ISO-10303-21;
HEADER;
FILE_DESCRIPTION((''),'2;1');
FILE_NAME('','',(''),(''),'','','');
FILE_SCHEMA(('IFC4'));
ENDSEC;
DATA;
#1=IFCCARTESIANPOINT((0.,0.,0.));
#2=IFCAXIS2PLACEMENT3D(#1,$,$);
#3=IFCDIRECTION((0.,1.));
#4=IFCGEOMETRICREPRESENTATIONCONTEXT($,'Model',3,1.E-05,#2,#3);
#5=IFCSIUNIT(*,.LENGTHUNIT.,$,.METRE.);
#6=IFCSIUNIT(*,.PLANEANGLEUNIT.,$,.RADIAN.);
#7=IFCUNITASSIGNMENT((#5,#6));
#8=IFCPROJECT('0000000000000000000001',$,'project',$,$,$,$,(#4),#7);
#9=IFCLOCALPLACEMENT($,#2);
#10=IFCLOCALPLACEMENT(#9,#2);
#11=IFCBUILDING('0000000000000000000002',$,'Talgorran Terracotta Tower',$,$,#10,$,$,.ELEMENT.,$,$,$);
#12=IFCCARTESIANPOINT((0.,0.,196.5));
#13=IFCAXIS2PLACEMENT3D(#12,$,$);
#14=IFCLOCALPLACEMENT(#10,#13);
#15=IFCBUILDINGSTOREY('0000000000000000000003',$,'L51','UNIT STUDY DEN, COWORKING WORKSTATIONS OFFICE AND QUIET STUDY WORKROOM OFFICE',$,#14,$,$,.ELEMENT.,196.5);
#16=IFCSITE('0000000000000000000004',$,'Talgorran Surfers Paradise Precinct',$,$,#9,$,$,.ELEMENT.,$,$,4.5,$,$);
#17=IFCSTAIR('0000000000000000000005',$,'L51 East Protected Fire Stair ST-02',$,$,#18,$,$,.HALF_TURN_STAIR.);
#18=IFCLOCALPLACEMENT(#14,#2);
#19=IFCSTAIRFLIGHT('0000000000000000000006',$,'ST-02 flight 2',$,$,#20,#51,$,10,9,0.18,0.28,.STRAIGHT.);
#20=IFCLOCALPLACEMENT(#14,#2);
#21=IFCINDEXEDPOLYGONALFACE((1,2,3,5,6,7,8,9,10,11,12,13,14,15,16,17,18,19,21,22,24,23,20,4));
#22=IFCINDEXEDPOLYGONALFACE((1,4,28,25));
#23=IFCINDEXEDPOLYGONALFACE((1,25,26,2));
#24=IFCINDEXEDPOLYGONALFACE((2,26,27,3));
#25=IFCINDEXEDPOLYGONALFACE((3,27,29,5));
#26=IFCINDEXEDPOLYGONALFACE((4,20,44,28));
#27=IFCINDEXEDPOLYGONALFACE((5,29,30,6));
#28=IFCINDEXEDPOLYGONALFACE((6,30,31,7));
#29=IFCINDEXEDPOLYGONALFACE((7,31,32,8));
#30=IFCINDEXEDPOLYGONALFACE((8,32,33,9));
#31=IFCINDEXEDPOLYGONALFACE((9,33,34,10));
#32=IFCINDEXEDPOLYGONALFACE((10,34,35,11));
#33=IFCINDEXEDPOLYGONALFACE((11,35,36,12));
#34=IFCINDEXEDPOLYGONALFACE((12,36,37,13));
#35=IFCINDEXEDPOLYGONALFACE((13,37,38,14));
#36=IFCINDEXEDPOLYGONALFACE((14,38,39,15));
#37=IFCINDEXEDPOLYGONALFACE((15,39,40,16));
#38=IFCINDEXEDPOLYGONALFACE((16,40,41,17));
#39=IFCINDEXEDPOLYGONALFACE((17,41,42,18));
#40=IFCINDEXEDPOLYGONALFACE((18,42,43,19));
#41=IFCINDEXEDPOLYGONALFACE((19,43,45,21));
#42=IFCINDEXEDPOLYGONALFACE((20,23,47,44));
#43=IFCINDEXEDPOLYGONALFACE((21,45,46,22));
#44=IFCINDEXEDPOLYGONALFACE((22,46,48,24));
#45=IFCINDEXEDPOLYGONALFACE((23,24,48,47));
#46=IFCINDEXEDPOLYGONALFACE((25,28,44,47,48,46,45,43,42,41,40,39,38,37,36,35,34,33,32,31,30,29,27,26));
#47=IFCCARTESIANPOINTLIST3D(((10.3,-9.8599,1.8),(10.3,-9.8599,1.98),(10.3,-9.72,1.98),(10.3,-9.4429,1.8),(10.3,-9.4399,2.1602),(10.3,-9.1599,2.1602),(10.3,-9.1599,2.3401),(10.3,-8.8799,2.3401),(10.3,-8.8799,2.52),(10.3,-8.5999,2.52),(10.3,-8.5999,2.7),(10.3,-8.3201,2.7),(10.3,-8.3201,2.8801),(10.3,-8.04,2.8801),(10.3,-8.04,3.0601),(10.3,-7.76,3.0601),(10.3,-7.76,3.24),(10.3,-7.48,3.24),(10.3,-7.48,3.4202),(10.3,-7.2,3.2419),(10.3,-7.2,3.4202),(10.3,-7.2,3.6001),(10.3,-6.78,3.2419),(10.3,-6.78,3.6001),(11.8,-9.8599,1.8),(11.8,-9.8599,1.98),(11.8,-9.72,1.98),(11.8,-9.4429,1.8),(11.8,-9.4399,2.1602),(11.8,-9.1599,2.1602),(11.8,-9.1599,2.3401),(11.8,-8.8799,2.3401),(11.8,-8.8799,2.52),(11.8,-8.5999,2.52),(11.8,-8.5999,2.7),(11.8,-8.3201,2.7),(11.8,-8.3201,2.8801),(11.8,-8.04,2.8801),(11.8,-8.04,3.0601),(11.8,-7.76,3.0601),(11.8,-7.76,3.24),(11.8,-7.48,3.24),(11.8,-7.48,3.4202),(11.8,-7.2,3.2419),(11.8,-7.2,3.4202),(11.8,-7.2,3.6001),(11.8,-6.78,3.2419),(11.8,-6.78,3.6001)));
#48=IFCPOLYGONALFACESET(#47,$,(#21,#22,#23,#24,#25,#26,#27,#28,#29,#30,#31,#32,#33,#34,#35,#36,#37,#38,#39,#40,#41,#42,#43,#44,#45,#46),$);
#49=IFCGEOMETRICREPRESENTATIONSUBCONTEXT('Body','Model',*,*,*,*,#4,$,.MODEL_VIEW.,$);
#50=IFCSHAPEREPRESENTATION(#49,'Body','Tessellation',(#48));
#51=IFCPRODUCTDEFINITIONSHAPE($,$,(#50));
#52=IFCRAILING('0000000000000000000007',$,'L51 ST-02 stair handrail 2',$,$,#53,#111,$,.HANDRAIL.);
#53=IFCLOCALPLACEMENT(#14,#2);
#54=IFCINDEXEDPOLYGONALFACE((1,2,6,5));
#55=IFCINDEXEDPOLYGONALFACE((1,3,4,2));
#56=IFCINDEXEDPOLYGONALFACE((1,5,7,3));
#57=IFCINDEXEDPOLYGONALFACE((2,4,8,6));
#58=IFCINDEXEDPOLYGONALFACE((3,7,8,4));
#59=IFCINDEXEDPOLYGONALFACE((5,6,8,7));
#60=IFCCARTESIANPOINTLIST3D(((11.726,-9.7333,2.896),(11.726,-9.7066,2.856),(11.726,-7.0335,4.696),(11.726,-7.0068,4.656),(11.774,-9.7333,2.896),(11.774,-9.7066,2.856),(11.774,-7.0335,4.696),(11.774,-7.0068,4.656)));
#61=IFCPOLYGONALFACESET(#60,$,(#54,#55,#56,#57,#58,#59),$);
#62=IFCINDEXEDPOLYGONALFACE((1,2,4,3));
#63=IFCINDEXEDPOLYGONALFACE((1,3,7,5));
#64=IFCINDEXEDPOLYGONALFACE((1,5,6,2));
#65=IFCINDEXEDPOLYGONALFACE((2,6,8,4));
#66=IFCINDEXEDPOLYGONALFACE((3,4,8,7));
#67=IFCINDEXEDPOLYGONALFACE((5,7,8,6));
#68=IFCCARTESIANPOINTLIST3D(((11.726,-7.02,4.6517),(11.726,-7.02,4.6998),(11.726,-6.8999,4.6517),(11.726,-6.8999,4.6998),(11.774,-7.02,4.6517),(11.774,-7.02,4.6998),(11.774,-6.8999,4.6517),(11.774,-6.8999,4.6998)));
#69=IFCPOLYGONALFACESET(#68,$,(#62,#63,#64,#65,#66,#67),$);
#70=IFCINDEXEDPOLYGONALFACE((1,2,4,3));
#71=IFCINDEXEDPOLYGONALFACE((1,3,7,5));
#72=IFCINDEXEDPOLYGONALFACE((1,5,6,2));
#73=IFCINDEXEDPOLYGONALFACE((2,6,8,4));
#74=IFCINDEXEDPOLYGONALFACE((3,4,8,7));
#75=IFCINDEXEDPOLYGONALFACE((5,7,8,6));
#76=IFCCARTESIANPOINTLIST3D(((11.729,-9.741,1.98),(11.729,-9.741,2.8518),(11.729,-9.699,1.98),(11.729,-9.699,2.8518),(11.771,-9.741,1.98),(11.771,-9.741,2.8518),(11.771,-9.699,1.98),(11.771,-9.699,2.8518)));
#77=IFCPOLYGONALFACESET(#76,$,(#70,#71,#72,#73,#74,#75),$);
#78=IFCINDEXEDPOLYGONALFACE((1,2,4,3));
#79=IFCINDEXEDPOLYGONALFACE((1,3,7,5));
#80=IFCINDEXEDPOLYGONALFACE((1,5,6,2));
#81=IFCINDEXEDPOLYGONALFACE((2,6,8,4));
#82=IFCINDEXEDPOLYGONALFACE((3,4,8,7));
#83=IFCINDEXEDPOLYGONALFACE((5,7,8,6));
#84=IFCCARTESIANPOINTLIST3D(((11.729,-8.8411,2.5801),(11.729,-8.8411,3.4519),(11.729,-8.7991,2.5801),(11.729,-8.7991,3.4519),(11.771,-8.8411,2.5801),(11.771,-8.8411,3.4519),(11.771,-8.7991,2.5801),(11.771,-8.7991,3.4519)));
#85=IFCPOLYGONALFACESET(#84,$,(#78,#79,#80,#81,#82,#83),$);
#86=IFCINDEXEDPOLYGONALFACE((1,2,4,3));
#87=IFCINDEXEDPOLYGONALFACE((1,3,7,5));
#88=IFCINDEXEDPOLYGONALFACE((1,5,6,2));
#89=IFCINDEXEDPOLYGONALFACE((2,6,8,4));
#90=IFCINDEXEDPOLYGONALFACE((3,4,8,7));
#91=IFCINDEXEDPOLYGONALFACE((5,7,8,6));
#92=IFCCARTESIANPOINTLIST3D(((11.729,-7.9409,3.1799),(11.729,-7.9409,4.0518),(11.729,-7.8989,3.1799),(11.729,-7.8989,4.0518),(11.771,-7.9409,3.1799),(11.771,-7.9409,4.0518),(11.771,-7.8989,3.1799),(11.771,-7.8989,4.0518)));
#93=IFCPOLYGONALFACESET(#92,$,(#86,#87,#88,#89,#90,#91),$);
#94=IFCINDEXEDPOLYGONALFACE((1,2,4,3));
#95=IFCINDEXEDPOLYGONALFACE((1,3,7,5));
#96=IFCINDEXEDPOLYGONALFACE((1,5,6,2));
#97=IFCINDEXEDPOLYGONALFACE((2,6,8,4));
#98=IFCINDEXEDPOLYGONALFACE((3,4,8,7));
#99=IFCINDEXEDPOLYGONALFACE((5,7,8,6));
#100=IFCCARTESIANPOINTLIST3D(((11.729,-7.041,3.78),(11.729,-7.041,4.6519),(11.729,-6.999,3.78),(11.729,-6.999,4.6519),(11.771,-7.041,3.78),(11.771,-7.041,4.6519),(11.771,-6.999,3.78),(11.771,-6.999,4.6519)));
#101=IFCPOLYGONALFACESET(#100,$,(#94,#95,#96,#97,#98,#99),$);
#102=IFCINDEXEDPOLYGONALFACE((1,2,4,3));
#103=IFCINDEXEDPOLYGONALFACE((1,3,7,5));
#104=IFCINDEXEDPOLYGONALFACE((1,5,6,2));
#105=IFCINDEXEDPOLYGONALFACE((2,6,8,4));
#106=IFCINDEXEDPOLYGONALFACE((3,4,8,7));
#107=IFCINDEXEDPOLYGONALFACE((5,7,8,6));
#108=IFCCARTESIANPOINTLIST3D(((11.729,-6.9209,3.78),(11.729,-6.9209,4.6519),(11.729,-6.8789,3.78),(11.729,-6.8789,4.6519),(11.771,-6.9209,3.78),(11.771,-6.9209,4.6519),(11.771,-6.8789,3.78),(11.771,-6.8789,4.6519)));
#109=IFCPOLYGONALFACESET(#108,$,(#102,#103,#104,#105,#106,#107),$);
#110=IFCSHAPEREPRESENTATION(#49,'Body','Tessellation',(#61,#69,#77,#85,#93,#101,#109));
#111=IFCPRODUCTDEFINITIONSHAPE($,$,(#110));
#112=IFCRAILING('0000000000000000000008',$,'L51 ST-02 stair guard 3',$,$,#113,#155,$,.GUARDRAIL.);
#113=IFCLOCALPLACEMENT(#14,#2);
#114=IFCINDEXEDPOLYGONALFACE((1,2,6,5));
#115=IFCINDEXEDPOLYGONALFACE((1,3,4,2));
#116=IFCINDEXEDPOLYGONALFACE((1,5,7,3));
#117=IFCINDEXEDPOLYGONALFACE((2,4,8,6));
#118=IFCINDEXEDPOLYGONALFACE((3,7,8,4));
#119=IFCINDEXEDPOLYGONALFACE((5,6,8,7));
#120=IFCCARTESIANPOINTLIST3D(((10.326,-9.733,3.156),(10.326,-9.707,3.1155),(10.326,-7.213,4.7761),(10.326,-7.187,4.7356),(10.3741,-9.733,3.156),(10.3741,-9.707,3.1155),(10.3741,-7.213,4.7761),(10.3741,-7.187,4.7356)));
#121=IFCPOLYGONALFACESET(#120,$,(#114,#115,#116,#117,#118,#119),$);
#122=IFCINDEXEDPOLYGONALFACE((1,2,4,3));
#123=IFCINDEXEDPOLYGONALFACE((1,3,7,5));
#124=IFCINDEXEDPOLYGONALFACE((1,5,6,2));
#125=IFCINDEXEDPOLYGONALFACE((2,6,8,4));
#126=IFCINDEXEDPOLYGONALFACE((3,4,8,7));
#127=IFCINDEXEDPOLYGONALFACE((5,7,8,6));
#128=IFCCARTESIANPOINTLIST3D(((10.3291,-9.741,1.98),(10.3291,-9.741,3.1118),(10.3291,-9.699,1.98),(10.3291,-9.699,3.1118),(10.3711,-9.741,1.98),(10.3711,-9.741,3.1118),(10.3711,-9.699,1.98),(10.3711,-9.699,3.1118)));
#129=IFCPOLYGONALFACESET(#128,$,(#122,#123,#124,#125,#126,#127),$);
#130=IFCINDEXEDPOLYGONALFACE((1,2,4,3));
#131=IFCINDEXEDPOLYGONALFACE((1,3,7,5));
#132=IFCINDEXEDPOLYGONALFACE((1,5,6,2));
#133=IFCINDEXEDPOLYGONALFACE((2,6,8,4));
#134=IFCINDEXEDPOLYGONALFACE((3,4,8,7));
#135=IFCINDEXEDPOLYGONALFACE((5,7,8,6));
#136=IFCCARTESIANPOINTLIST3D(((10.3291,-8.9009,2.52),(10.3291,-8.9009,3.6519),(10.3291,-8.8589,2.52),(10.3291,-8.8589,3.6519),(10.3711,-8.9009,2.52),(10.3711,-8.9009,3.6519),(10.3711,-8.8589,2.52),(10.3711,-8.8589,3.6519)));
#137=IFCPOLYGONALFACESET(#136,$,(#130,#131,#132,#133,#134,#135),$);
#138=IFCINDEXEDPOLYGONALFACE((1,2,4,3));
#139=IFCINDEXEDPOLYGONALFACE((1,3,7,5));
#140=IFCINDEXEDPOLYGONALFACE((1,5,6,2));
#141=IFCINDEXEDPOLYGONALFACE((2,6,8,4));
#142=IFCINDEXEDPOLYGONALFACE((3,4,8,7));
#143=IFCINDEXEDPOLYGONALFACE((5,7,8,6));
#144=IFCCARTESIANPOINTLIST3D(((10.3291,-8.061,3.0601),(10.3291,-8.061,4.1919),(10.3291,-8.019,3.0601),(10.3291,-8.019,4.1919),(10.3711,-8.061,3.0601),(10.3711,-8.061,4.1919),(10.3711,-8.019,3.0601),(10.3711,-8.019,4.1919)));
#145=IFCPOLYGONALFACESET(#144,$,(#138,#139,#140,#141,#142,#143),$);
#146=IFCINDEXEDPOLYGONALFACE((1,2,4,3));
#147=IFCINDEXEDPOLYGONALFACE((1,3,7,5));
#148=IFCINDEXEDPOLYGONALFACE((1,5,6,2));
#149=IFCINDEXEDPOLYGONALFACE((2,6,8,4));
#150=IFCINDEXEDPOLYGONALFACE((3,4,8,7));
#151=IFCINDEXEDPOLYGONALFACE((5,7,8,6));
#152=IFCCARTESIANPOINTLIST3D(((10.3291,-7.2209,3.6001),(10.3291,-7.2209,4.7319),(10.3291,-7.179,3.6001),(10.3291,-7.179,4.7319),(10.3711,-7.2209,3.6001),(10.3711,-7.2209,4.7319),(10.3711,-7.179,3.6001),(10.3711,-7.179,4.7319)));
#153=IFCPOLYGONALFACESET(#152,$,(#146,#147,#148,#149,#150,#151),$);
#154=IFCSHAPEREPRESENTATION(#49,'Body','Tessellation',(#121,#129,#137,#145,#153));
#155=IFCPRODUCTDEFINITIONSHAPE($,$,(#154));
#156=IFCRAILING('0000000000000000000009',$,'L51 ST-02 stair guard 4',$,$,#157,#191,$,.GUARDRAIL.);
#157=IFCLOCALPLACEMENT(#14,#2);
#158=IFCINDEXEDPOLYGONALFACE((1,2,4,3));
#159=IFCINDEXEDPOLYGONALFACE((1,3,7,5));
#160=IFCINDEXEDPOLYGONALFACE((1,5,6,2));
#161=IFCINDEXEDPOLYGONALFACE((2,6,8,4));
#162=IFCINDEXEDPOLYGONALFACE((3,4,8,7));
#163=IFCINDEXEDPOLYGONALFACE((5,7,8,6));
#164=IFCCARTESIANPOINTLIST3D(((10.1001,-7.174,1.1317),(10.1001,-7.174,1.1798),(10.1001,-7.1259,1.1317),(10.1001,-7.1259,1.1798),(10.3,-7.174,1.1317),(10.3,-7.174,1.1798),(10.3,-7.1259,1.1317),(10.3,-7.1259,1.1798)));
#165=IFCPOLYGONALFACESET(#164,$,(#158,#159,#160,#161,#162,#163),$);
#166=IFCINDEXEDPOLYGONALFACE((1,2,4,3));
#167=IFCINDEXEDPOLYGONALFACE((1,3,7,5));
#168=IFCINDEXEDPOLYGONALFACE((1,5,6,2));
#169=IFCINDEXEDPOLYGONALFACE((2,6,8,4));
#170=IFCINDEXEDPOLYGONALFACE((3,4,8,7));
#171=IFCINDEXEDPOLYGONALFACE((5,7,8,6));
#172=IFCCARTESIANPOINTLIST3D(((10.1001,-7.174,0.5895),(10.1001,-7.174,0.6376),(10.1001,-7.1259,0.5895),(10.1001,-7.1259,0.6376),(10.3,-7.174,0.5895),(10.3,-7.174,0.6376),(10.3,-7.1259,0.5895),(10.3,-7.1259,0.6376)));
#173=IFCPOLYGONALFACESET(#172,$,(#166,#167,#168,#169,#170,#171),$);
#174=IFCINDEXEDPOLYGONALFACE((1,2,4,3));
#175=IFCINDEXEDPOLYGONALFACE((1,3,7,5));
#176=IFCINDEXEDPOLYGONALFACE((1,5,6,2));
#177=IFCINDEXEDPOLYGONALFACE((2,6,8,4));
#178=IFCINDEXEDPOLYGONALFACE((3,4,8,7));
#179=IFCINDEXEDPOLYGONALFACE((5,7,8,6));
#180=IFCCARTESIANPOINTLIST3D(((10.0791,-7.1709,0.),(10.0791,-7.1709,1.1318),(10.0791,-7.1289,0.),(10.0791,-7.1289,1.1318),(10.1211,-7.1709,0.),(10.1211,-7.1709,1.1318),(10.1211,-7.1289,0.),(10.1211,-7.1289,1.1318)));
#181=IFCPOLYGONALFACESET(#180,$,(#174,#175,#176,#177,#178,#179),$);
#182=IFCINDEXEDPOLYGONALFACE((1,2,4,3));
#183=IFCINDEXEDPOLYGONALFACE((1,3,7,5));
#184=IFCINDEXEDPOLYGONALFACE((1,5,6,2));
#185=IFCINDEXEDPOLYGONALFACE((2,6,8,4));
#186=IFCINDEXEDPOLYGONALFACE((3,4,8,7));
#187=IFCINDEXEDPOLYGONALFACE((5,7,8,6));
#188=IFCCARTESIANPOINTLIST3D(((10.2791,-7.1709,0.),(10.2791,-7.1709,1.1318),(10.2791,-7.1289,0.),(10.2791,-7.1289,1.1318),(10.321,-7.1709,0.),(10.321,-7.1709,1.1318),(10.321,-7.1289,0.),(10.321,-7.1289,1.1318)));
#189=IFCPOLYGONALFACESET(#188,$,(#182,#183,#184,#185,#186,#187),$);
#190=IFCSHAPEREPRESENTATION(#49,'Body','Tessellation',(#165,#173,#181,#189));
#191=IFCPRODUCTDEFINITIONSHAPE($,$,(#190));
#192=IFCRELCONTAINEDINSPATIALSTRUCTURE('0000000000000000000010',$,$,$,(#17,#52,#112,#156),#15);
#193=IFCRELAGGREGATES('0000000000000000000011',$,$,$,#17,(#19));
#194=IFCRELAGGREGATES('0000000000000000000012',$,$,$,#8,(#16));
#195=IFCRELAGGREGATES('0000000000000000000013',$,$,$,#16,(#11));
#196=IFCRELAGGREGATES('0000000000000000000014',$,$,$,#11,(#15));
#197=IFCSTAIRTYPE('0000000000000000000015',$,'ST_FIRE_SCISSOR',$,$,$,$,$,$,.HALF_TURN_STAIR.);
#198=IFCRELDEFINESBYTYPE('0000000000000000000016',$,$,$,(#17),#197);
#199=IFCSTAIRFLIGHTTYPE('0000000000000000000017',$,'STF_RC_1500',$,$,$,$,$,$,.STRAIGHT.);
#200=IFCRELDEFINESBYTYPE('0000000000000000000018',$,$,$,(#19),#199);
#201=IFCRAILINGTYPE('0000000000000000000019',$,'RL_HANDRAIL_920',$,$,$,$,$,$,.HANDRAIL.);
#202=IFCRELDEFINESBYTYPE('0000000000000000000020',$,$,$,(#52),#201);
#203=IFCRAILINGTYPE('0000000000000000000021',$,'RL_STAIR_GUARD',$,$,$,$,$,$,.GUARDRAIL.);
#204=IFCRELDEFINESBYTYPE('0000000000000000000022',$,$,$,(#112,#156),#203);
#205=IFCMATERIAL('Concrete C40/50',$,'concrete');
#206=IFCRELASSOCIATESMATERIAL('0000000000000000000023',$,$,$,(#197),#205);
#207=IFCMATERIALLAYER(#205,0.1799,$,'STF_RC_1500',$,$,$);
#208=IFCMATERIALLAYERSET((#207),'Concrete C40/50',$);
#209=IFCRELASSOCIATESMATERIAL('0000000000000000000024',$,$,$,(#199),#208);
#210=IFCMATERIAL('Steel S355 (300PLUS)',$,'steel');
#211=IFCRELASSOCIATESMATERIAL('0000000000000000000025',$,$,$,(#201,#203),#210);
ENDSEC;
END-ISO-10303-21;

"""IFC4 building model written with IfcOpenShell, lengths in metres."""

from ifc_helpers import new_model, si_unit, direction, frame, origin, origin_2d, place, context, subcontext, project, spatial, polyline, rectangle, outline, extrude, material, layer, layer_set, type_object, element, aggregate, save


model = new_model("IFC4")

# Units and contexts
model_context = context("Model", 3, precision=1e-05, world=origin(), true_north=direction((0.0, 1.0)))
body_context = subcontext(model_context, "Body", "Model", "MODEL_VIEW")
ifc_project = project(units=[si_unit("LENGTHUNIT", "METRE"), si_unit("PLANEANGLEUNIT", "RADIAN")], contexts=[model_context])

# Site, building, storey
site_placement = place(None, origin())
site = spatial("IfcSite", under=ifc_project, at=site_placement, Name="Talgorran Surfers Paradise Precinct", CompositionType="ELEMENT", RefElevation=4.5)
building_placement = place(site_placement, origin())
building = spatial("IfcBuilding", under=site, at=building_placement, Name="Talgorran Terracotta Tower", CompositionType="ELEMENT")
storey_placement = place(building_placement, frame((0.0, 0.0, 196.5)))
storey = spatial("IfcBuildingStorey", under=building, at=storey_placement, Name="L51", Description="UNIT STUDY DEN, COWORKING WORKSTATIONS OFFICE AND QUIET STUDY WORKROOM OFFICE", CompositionType="ELEMENT", Elevation=196.5)

# Shared definitions
ifc_material_1 = material(Name="Steel S355 (300PLUS)", Category="steel")

# Stair, stair flight
ifc_material_2 = material(Name="Concrete C40/50", Category="concrete")
stair_type = type_object("IfcStairType", Name="ST_FIRE_SCISSOR", PredefinedType="HALF_TURN_STAIR", material=ifc_material_2)
stair_placement = place(storey_placement, origin())
stair = element("IfcStair", 1, at=stair_placement, inside=storey, type_object=stair_type, Name="L51 East Protected Fire Stair ST-02", PredefinedType="HALF_TURN_STAIR")
ifc_layer_1 = layer(ifc_material_2, 0.1799, Name="STF_RC_1500")
ifc_layer_set_1 = layer_set([ifc_layer_1], Name="Concrete C40/50")
stair_flight_type = type_object("IfcStairFlightType", Name="STF_RC_1500", PredefinedType="STRAIGHT", material=ifc_layer_set_1)
stair_flight_placement = place(storey_placement, frame((11.05, -9.72, 1.8), z_axis=(0.0, 0.0, 1.0), x_axis=(0.0, 1.0, 0.0)))
stair_flight = element("IfcStairFlight", 2, at=stair_flight_placement, type_object=stair_flight_type, Name="ST-02 flight 2", NumberOfRisers=10, NumberOfTreads=9, PredefinedType="STRAIGHT", RiserHeight=0.18, TreadLength=0.28, context=body_context, shape_type="SweptSolid", body=[
    extrude(outline(polyline([(-0.1399, 0.0), (-0.1399, 0.1799), (0.0, 0.1799), (0.28, 0.3601), (0.5601, 0.3601), (0.5601, 0.54), (0.8401, 0.54), (0.8401, 0.72), (1.1201, 0.72), (1.1201, 0.8999), (1.3999, 0.8999), (1.3999, 1.0801), (1.6799, 1.0801), (1.6799, 1.26), (1.96, 1.26), (1.96, 1.4399), (2.24, 1.4399), (2.24, 1.6201), (2.52, 1.6201), (2.52, 1.8), (2.9399, 1.8), (2.9399, 1.4419), (2.52, 1.4419), (0.2771, 0.0), (-0.1399, 0.0)])), frame((0.0, 0.75, 0.0), z_axis=(0.0, -1.0, 0.0), x_axis=(1.0, 0.0, 0.0)), (0.0, 0.0, 1.0), 1.5),
])
aggregate(stair, [stair_flight])

# Railings
railing_type_1 = type_object("IfcRailingType", Name="RL_HANDRAIL_920", PredefinedType="HANDRAIL", material=ifc_material_1)
railing_1_placement = place(storey_placement, frame((11.75, -9.72, 1.98)))
element("IfcRailing", 3, at=railing_1_placement, inside=storey, type_object=railing_type_1, Name="L51 ST-02 stair handrail 2", PredefinedType="HANDRAIL", context=body_context, shape_type="SweptSolid", body=[
    extrude(rectangle(XDim=0.0481, YDim=0.0481, at=origin_2d()), frame((0.0, 0.0, 0.896), z_axis=(0.0, 0.832039, 0.554718), x_axis=(-1.0, 0.0, 0.0)), (0.0, 0.0, 1.0), 3.2449),
    extrude(rectangle(XDim=0.0481, YDim=0.0481, at=origin_2d()), frame((0.0, 2.7, 2.6958), z_axis=(0.0, 1.0, 0.0), x_axis=(-1.0, 0.0, 0.0)), (0.0, 0.0, 1.0), 0.1201),
    extrude(rectangle(XDim=0.042, YDim=0.042, at=origin_2d()), origin(), (0.0, 0.0, 1.0), 0.8718),
    extrude(rectangle(XDim=0.042, YDim=0.042, at=origin_2d()), frame((0.0, 0.8999, 0.6001)), (0.0, 0.0, 1.0), 0.8718),
    extrude(rectangle(XDim=0.042, YDim=0.042, at=origin_2d()), frame((0.0, 1.8, 1.2)), (0.0, 0.0, 1.0), 0.8718),
    extrude(rectangle(XDim=0.042, YDim=0.042, at=origin_2d()), frame((0.0, 2.7, 1.8)), (0.0, 0.0, 1.0), 0.8718),
    extrude(rectangle(XDim=0.042, YDim=0.042, at=origin_2d()), frame((0.0, 2.8201, 1.8)), (0.0, 0.0, 1.0), 0.8718),
])
railing_type_2 = type_object("IfcRailingType", Name="RL_STAIR_GUARD", PredefinedType="GUARDRAIL", material=ifc_material_1)
railing_2_placement = place(storey_placement, frame((10.3501, -9.72, 1.98)))
element("IfcRailing", 4, at=railing_2_placement, inside=storey, type_object=railing_type_2, Name="L51 ST-02 stair guard 3", PredefinedType="GUARDRAIL", context=body_context, shape_type="SweptSolid", body=[
    extrude(rectangle(XDim=0.0481, YDim=0.0481, at=origin_2d()), frame((0.0, 0.0, 1.1558), z_axis=(0.0, 0.841163, 0.540782), x_axis=(-1.0, 0.0, 0.0)), (0.0, 0.0, 1.0), 2.9958),
    extrude(rectangle(XDim=0.042, YDim=0.042, at=origin_2d()), origin(), (0.0, 0.0, 1.0), 1.1318),
    extrude(rectangle(XDim=0.042, YDim=0.042, at=origin_2d()), frame((0.0, 0.8401, 0.54)), (0.0, 0.0, 1.0), 1.1318),
    extrude(rectangle(XDim=0.042, YDim=0.042, at=origin_2d()), frame((0.0, 1.6799, 1.0801)), (0.0, 0.0, 1.0), 1.1318),
    extrude(rectangle(XDim=0.042, YDim=0.042, at=origin_2d()), frame((0.0, 2.52, 1.6201)), (0.0, 0.0, 1.0), 1.1318),
])
railing_3_placement = place(storey_placement, frame((10.1001, -7.1499, 0.0)))
element("IfcRailing", 5, at=railing_3_placement, inside=storey, type_object=railing_type_2, Name="L51 ST-02 stair guard 4", PredefinedType="GUARDRAIL", context=body_context, shape_type="SweptSolid", body=[
    extrude(rectangle(XDim=0.0481, YDim=0.0481, at=origin_2d()), frame((0.0, 0.0, 1.1558), z_axis=(1.0, 0.0, 0.0), x_axis=(0.0, 1.0, 0.0)), (0.0, 0.0, 1.0), 0.2),
    extrude(rectangle(XDim=0.0481, YDim=0.0481, at=origin_2d()), frame((0.0, 0.0, 0.6135), z_axis=(1.0, 0.0, 0.0), x_axis=(0.0, 1.0, 0.0)), (0.0, 0.0, 1.0), 0.2),
    extrude(rectangle(XDim=0.042, YDim=0.042, at=origin_2d()), origin(), (0.0, 0.0, 1.0), 1.1318),
    extrude(rectangle(XDim=0.042, YDim=0.042, at=origin_2d()), frame((0.2, 0.0, 0.0)), (0.0, 0.0, 1.0), 1.1318),
])

save(model, "model.ifc")
